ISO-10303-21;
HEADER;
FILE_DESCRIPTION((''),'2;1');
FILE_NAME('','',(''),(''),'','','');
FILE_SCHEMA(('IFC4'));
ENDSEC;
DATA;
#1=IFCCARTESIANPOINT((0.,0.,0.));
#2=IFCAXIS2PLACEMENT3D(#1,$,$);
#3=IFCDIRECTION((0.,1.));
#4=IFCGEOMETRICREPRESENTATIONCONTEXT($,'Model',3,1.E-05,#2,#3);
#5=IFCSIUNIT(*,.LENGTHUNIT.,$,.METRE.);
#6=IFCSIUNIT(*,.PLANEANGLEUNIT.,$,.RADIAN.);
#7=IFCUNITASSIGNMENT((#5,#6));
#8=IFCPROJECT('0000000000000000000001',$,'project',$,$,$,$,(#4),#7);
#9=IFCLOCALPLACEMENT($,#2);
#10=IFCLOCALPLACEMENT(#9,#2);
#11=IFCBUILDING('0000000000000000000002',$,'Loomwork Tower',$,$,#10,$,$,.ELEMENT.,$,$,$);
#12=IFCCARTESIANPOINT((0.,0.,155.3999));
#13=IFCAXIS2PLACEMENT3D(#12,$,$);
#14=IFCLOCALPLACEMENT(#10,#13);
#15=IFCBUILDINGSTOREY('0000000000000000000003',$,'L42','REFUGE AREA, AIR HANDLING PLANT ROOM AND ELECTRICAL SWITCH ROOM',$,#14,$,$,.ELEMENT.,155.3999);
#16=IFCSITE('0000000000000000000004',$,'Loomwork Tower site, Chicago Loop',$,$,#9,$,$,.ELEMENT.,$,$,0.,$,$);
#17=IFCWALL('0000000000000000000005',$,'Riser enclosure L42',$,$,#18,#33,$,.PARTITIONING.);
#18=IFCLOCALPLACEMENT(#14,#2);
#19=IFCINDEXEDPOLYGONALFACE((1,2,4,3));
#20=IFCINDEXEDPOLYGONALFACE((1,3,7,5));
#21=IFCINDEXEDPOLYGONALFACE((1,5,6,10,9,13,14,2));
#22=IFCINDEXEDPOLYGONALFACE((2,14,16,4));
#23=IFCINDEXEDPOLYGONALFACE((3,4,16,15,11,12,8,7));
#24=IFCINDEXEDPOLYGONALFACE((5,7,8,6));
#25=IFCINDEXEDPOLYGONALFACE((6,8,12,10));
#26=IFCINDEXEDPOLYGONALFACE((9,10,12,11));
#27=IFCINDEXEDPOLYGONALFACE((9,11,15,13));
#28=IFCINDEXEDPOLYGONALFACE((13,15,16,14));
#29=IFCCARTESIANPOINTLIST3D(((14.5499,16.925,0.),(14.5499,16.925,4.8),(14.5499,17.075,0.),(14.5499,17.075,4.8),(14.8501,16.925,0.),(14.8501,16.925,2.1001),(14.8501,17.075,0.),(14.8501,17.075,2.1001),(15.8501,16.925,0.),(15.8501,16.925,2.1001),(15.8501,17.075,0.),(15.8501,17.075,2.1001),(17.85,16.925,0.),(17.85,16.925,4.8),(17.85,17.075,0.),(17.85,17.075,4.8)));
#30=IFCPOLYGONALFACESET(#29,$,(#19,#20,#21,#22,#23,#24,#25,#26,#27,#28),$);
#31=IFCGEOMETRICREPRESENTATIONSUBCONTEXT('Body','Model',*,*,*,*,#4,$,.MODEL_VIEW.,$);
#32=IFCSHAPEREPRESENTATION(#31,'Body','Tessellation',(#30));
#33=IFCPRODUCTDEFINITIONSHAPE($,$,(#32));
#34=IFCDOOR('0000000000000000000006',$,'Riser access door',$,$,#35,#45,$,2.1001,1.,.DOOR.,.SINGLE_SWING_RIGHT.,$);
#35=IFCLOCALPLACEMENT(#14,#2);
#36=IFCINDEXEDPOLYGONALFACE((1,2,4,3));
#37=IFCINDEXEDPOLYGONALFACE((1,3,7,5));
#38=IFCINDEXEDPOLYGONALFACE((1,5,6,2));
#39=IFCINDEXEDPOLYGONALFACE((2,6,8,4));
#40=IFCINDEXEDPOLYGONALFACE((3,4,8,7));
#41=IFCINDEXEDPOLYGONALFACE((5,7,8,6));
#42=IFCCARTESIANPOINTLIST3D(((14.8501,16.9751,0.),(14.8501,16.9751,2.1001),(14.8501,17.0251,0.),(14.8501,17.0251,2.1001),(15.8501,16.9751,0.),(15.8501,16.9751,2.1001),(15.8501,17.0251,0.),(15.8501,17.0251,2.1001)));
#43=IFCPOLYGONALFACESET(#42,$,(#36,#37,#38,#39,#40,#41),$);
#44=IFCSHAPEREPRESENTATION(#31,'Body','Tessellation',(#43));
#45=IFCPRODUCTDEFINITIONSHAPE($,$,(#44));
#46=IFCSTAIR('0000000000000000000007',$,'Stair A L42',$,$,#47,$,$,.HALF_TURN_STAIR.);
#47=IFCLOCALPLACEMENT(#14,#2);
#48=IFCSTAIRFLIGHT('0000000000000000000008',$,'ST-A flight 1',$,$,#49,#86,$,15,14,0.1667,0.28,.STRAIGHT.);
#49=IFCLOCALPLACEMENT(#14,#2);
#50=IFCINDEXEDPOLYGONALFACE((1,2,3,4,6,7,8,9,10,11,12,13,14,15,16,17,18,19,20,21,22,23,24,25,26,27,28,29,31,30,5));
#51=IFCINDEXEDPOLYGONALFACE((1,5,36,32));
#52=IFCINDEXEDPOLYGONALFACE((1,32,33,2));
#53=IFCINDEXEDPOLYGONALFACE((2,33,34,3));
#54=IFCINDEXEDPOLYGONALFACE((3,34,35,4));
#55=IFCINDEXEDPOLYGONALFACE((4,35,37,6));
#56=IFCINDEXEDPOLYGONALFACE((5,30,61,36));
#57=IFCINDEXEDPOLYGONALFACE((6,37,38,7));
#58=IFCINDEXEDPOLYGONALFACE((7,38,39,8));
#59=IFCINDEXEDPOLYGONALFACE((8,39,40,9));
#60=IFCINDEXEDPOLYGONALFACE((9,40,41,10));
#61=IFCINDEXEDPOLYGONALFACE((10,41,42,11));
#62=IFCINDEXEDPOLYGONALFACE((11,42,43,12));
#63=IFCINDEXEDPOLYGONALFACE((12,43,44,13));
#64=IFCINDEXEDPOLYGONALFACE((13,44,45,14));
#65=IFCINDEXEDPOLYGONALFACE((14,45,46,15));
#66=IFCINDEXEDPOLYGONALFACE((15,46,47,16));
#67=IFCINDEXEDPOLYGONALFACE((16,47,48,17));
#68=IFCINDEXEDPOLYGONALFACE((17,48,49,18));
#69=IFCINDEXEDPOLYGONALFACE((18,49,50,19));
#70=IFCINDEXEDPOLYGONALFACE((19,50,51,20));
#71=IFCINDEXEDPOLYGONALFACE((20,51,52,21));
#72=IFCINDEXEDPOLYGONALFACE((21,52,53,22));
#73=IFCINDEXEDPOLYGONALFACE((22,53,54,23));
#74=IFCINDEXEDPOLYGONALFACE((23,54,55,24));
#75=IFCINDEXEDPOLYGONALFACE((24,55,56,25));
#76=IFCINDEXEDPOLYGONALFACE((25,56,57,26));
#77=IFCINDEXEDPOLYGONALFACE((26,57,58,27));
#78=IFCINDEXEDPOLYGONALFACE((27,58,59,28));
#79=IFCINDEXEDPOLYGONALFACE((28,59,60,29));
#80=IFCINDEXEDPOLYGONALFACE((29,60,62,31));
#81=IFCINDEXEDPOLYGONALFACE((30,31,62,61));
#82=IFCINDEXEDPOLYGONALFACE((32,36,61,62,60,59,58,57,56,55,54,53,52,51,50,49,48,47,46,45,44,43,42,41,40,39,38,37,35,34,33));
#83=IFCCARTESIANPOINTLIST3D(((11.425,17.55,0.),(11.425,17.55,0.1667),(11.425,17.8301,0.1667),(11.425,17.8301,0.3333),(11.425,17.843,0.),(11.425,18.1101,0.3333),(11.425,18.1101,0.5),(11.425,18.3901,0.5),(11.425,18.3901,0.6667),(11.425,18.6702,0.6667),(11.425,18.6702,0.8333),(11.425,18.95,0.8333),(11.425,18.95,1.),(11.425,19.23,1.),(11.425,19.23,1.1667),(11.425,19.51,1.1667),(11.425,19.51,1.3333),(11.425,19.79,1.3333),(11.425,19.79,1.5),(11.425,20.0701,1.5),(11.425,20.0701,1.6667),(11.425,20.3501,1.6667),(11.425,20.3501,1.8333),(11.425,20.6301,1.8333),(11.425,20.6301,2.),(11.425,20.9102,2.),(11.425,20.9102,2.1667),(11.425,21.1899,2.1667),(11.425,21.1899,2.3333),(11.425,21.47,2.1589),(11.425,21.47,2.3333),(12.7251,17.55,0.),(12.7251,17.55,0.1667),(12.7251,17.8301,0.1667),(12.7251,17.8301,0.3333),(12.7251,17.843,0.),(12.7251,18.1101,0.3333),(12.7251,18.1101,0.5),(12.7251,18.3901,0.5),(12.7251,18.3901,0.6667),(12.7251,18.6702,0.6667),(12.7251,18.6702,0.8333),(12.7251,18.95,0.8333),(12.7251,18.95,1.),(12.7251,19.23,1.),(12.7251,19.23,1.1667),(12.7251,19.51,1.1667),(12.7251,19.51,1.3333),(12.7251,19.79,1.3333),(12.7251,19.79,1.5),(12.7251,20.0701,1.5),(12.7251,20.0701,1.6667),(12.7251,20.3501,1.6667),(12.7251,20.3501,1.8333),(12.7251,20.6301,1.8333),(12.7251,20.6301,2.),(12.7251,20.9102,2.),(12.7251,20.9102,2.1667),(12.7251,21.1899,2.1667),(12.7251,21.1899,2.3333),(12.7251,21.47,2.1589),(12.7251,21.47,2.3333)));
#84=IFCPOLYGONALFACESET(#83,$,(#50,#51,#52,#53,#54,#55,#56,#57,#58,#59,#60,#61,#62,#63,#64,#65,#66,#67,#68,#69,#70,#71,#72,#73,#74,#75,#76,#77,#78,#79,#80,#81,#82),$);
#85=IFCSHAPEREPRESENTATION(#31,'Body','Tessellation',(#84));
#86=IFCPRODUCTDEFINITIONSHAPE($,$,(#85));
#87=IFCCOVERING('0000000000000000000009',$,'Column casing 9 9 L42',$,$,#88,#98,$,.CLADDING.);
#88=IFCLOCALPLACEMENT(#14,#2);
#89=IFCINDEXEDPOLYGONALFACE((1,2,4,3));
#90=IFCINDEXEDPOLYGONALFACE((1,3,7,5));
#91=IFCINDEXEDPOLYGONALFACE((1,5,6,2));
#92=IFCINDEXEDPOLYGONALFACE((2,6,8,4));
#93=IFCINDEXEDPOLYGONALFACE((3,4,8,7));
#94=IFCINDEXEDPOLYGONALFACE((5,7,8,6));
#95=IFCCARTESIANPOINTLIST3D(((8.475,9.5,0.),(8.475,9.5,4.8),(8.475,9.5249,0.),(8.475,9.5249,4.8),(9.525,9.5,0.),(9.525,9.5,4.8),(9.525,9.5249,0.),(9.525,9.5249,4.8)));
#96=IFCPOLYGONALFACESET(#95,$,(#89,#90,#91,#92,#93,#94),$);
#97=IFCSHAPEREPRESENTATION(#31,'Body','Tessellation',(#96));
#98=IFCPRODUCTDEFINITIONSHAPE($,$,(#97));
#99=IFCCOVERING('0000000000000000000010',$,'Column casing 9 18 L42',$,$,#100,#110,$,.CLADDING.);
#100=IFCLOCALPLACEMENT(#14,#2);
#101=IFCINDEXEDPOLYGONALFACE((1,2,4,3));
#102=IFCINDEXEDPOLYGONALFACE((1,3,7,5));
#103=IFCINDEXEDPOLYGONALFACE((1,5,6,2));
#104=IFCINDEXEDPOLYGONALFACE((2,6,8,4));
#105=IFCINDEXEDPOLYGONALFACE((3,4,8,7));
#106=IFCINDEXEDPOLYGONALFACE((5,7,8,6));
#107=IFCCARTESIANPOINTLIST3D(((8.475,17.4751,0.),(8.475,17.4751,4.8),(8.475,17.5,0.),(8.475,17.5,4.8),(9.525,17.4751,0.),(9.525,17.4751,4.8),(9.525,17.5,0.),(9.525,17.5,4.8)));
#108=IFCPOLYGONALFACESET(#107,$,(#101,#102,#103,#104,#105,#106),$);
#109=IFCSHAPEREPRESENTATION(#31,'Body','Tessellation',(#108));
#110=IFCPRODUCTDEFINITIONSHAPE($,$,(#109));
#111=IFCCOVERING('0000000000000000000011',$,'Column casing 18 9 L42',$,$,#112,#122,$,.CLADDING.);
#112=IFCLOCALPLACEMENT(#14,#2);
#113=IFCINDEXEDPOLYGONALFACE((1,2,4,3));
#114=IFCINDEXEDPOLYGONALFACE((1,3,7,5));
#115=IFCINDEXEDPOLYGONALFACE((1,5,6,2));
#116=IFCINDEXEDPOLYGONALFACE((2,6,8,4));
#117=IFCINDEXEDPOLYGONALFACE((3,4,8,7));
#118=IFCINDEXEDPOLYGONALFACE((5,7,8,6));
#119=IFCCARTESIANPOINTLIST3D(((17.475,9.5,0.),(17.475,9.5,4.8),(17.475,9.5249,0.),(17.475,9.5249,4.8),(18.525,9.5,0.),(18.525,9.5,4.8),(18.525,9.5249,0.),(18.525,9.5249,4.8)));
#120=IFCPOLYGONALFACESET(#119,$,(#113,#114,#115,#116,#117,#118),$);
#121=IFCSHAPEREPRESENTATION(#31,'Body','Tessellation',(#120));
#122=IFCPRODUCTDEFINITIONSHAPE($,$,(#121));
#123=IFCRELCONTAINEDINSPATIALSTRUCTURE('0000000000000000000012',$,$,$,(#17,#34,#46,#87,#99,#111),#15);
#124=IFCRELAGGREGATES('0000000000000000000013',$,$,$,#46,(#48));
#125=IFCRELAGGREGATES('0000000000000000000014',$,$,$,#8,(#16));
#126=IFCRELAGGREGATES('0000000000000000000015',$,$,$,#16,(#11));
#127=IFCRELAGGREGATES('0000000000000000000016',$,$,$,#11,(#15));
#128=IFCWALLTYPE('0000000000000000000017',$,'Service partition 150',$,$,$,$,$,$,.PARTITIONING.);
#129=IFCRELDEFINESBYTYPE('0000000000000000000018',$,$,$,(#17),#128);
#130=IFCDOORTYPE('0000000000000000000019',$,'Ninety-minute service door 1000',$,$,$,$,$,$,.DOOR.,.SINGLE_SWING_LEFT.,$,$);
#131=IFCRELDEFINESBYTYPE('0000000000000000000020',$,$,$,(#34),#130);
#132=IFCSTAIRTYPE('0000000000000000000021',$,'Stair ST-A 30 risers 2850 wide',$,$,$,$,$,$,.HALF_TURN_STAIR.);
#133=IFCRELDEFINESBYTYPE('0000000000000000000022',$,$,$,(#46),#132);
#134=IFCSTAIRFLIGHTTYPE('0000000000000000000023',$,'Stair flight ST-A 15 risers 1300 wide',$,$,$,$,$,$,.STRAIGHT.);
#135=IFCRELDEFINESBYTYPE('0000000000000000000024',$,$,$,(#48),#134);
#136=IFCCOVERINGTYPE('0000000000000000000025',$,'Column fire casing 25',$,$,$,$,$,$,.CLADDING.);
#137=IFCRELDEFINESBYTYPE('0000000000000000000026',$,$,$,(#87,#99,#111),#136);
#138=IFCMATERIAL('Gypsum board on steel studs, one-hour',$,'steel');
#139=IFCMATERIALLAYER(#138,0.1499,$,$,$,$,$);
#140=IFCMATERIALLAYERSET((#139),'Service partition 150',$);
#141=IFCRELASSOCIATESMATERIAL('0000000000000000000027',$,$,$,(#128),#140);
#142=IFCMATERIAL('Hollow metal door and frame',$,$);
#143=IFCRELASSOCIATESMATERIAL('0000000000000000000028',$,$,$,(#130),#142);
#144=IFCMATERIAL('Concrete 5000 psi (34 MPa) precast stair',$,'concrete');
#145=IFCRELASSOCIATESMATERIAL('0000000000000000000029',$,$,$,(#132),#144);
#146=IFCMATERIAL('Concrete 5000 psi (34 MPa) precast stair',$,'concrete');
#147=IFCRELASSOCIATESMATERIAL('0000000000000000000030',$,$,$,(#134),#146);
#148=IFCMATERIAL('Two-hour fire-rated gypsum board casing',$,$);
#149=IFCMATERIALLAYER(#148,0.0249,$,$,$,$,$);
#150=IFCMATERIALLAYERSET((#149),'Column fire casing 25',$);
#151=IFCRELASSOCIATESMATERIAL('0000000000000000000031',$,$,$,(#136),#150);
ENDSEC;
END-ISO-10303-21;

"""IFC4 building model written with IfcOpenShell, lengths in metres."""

from ifc_helpers import new_model, si_unit, direction, frame, frame_2d, origin, origin_2d, place, context, subcontext, project, spatial, polyline, rectangle, outline, extrude, material, layer, layer_set, type_object, element, fill, aggregate, save


model = new_model("IFC4")

# Units and contexts
model_context = context("Model", 3, precision=1e-05, world=origin(), true_north=direction((0.0, 1.0)))
body_context = subcontext(model_context, "Body", "Model", "MODEL_VIEW")
ifc_project = project(units=[si_unit("LENGTHUNIT", "METRE"), si_unit("PLANEANGLEUNIT", "RADIAN")], contexts=[model_context])

# Site, building, storey
site_placement = place(None, origin())
site = spatial("IfcSite", under=ifc_project, at=site_placement, Name="Loomwork Tower site, Chicago Loop", CompositionType="ELEMENT", RefElevation=0.0)
building_placement = place(site_placement, origin())
building = spatial("IfcBuilding", under=site, at=building_placement, Name="Loomwork Tower", CompositionType="ELEMENT")
storey_placement = place(building_placement, frame((0.0, 0.0, 155.3999)))
storey = spatial("IfcBuildingStorey", under=building, at=storey_placement, Name="L42", Description="REFUGE AREA, AIR HANDLING PLANT ROOM AND ELECTRICAL SWITCH ROOM", CompositionType="ELEMENT", Elevation=155.3999)

# Wall, opening, door
ifc_material_1 = material(Name="Gypsum board on steel studs, one-hour", Category="steel")
ifc_layer_1 = layer(ifc_material_1, 0.1499)
ifc_layer_set_1 = layer_set([ifc_layer_1], Name="Service partition 150")
wall_type_1 = type_object("IfcWallType", Name="Service partition 150", PredefinedType="PARTITIONING", material=ifc_layer_set_1)
wall_1_placement = place(storey_placement, frame((14.55, 17.0, 0.0), z_axis=(0.0, 0.0, 1.0), x_axis=(1.0, 0.0, 0.0)))
wall_1 = element("IfcWall", 1, at=wall_1_placement, inside=storey, type_object=wall_type_1, Name="Riser enclosure L42", PredefinedType="PARTITIONING", context=body_context, shape_type="SweptSolid", body=[
    extrude(rectangle(XDim=3.3, YDim=0.1499, at=frame_2d((1.6499, 0.0))), origin(), (0.0, 0.0, 1.0), 4.8),
])
opening_1_placement = place(wall_1_placement, frame((0.3, 0.0, 0.0)))
opening_1 = element("IfcOpeningElement", 2, at=opening_1_placement, cuts=wall_1, PredefinedType="OPENING", context=body_context, shape_type="SweptSolid", body=[
    extrude(rectangle(XDim=1.0, YDim=2.1001, at=frame_2d((0.5, 1.05))), frame((0.0, 0.085, 0.0), z_axis=(0.0, -1.0, 0.0), x_axis=(1.0, 0.0, 0.0)), (0.0, 0.0, 1.0), 0.1699),
])
ifc_material_2 = material(Name="Hollow metal door and frame")
door_type_1 = type_object("IfcDoorType", Name="Ninety-minute service door 1000", OperationType="SINGLE_SWING_LEFT", PredefinedType="DOOR", material=ifc_material_2)
door_1_placement = place(opening_1_placement, frame((1.0, 0.0, 0.0), z_axis=(0.0, 0.0, 1.0), x_axis=(-1.0, 0.0, 0.0)))
door_1 = element("IfcDoor", 3, at=door_1_placement, inside=storey, type_object=door_type_1, Name="Riser access door", OperationType="SINGLE_SWING_RIGHT", OverallHeight=2.1001, OverallWidth=1.0, PredefinedType="DOOR", context=body_context, shape_type="SweptSolid", body=[
    extrude(rectangle(XDim=1.0, YDim=2.1001, at=frame_2d((0.5, 1.05))), frame((0.0, 0.0249, 0.0), z_axis=(0.0, -1.0, 0.0), x_axis=(1.0, 0.0, 0.0)), (0.0, 0.0, 1.0), 0.05),
])
fill(opening_1, door_1)

# Stair, stair flight
ifc_material_3 = material(Name="Concrete 5000 psi (34 MPa) precast stair", Category="concrete")
stair_type = type_object("IfcStairType", Name="Stair ST-A 30 risers 2850 wide", PredefinedType="HALF_TURN_STAIR", material=ifc_material_3)
stair_placement = place(storey_placement, origin())
stair = element("IfcStair", 4, at=stair_placement, inside=storey, type_object=stair_type, Name="Stair A L42", PredefinedType="HALF_TURN_STAIR")
ifc_material_4 = material(Name="Concrete 5000 psi (34 MPa) precast stair", Category="concrete")
stair_flight_type = type_object("IfcStairFlightType", Name="Stair flight ST-A 15 risers 1300 wide", PredefinedType="STRAIGHT", material=ifc_material_4)
stair_flight_placement = place(storey_placement, frame((12.075, 17.55, 0.0), z_axis=(0.0, 0.0, 1.0), x_axis=(0.0, 1.0, 0.0)))
stair_flight = element("IfcStairFlight", 5, at=stair_flight_placement, type_object=stair_flight_type, Name="ST-A flight 1", NumberOfRisers=15, NumberOfTreads=14, PredefinedType="STRAIGHT", RiserHeight=0.1667, TreadLength=0.28, context=body_context, shape_type="SweptSolid", body=[
    extrude(outline(polyline([(0.0, 0.0), (0.0, 0.1667), (0.28, 0.1667), (0.28, 0.3333), (0.5601, 0.3333), (0.5601, 0.5), (0.8401, 0.5), (0.8401, 0.6667), (1.1201, 0.6667), (1.1201, 0.8333), (1.3999, 0.8333), (1.3999, 1.0), (1.6799, 1.0), (1.6799, 1.1667), (1.96, 1.1667), (1.96, 1.3333), (2.24, 1.3333), (2.24, 1.5), (2.52, 1.5), (2.52, 1.6667), (2.8, 1.6667), (2.8, 1.8333), (3.0801, 1.8333), (3.0801, 2.0), (3.3601, 2.0), (3.3601, 2.1667), (3.6399, 2.1667), (3.6399, 2.3333), (3.9199, 2.3333), (3.9199, 2.5), (3.9199, 2.1589), (0.293, 0.0), (0.0, 0.0)])), frame((0.0, 0.6499, 0.0), z_axis=(0.0, -1.0, 0.0), x_axis=(1.0, 0.0, 0.0)), (0.0, 0.0, 1.0), 1.3),
])
aggregate(stair, [stair_flight])

# Coverings
ifc_material_5 = material(Name="Two-hour fire-rated gypsum board casing")
ifc_layer_2 = layer(ifc_material_5, 0.0249)
ifc_layer_set_2 = layer_set([ifc_layer_2], Name="Column fire casing 25")
covering_type = type_object("IfcCoveringType", Name="Column fire casing 25", PredefinedType="CLADDING", material=ifc_layer_set_2)
for number, where, z_axis, x_axis, name in (
    (6, (9.0, 9.5125, 0.0), (0.0, 0.0, 1.0), (1.0, 0.0, 0.0), "Column casing 9 9 L42"),
    (7, (9.0, 17.4875, 0.0), (0.0, 0.0, 1.0), (1.0, 0.0, 0.0), "Column casing 9 18 L42"),
    (8, (18.0, 9.5125, 0.0), (0.0, 0.0, 1.0), (1.0, 0.0, 0.0), "Column casing 18 9 L42"),
):
    element("IfcCovering", number, at=place(storey_placement, frame(where, z_axis=z_axis, x_axis=x_axis)), inside=storey, type_object=covering_type, Name=name, PredefinedType="CLADDING", context=body_context, shape_type="SweptSolid", body=[
        extrude(rectangle(XDim=1.05, YDim=0.0249, at=origin_2d()), origin(), (0.0, 0.0, 1.0), 4.8),
    ])

save(model, "model.ifc")
